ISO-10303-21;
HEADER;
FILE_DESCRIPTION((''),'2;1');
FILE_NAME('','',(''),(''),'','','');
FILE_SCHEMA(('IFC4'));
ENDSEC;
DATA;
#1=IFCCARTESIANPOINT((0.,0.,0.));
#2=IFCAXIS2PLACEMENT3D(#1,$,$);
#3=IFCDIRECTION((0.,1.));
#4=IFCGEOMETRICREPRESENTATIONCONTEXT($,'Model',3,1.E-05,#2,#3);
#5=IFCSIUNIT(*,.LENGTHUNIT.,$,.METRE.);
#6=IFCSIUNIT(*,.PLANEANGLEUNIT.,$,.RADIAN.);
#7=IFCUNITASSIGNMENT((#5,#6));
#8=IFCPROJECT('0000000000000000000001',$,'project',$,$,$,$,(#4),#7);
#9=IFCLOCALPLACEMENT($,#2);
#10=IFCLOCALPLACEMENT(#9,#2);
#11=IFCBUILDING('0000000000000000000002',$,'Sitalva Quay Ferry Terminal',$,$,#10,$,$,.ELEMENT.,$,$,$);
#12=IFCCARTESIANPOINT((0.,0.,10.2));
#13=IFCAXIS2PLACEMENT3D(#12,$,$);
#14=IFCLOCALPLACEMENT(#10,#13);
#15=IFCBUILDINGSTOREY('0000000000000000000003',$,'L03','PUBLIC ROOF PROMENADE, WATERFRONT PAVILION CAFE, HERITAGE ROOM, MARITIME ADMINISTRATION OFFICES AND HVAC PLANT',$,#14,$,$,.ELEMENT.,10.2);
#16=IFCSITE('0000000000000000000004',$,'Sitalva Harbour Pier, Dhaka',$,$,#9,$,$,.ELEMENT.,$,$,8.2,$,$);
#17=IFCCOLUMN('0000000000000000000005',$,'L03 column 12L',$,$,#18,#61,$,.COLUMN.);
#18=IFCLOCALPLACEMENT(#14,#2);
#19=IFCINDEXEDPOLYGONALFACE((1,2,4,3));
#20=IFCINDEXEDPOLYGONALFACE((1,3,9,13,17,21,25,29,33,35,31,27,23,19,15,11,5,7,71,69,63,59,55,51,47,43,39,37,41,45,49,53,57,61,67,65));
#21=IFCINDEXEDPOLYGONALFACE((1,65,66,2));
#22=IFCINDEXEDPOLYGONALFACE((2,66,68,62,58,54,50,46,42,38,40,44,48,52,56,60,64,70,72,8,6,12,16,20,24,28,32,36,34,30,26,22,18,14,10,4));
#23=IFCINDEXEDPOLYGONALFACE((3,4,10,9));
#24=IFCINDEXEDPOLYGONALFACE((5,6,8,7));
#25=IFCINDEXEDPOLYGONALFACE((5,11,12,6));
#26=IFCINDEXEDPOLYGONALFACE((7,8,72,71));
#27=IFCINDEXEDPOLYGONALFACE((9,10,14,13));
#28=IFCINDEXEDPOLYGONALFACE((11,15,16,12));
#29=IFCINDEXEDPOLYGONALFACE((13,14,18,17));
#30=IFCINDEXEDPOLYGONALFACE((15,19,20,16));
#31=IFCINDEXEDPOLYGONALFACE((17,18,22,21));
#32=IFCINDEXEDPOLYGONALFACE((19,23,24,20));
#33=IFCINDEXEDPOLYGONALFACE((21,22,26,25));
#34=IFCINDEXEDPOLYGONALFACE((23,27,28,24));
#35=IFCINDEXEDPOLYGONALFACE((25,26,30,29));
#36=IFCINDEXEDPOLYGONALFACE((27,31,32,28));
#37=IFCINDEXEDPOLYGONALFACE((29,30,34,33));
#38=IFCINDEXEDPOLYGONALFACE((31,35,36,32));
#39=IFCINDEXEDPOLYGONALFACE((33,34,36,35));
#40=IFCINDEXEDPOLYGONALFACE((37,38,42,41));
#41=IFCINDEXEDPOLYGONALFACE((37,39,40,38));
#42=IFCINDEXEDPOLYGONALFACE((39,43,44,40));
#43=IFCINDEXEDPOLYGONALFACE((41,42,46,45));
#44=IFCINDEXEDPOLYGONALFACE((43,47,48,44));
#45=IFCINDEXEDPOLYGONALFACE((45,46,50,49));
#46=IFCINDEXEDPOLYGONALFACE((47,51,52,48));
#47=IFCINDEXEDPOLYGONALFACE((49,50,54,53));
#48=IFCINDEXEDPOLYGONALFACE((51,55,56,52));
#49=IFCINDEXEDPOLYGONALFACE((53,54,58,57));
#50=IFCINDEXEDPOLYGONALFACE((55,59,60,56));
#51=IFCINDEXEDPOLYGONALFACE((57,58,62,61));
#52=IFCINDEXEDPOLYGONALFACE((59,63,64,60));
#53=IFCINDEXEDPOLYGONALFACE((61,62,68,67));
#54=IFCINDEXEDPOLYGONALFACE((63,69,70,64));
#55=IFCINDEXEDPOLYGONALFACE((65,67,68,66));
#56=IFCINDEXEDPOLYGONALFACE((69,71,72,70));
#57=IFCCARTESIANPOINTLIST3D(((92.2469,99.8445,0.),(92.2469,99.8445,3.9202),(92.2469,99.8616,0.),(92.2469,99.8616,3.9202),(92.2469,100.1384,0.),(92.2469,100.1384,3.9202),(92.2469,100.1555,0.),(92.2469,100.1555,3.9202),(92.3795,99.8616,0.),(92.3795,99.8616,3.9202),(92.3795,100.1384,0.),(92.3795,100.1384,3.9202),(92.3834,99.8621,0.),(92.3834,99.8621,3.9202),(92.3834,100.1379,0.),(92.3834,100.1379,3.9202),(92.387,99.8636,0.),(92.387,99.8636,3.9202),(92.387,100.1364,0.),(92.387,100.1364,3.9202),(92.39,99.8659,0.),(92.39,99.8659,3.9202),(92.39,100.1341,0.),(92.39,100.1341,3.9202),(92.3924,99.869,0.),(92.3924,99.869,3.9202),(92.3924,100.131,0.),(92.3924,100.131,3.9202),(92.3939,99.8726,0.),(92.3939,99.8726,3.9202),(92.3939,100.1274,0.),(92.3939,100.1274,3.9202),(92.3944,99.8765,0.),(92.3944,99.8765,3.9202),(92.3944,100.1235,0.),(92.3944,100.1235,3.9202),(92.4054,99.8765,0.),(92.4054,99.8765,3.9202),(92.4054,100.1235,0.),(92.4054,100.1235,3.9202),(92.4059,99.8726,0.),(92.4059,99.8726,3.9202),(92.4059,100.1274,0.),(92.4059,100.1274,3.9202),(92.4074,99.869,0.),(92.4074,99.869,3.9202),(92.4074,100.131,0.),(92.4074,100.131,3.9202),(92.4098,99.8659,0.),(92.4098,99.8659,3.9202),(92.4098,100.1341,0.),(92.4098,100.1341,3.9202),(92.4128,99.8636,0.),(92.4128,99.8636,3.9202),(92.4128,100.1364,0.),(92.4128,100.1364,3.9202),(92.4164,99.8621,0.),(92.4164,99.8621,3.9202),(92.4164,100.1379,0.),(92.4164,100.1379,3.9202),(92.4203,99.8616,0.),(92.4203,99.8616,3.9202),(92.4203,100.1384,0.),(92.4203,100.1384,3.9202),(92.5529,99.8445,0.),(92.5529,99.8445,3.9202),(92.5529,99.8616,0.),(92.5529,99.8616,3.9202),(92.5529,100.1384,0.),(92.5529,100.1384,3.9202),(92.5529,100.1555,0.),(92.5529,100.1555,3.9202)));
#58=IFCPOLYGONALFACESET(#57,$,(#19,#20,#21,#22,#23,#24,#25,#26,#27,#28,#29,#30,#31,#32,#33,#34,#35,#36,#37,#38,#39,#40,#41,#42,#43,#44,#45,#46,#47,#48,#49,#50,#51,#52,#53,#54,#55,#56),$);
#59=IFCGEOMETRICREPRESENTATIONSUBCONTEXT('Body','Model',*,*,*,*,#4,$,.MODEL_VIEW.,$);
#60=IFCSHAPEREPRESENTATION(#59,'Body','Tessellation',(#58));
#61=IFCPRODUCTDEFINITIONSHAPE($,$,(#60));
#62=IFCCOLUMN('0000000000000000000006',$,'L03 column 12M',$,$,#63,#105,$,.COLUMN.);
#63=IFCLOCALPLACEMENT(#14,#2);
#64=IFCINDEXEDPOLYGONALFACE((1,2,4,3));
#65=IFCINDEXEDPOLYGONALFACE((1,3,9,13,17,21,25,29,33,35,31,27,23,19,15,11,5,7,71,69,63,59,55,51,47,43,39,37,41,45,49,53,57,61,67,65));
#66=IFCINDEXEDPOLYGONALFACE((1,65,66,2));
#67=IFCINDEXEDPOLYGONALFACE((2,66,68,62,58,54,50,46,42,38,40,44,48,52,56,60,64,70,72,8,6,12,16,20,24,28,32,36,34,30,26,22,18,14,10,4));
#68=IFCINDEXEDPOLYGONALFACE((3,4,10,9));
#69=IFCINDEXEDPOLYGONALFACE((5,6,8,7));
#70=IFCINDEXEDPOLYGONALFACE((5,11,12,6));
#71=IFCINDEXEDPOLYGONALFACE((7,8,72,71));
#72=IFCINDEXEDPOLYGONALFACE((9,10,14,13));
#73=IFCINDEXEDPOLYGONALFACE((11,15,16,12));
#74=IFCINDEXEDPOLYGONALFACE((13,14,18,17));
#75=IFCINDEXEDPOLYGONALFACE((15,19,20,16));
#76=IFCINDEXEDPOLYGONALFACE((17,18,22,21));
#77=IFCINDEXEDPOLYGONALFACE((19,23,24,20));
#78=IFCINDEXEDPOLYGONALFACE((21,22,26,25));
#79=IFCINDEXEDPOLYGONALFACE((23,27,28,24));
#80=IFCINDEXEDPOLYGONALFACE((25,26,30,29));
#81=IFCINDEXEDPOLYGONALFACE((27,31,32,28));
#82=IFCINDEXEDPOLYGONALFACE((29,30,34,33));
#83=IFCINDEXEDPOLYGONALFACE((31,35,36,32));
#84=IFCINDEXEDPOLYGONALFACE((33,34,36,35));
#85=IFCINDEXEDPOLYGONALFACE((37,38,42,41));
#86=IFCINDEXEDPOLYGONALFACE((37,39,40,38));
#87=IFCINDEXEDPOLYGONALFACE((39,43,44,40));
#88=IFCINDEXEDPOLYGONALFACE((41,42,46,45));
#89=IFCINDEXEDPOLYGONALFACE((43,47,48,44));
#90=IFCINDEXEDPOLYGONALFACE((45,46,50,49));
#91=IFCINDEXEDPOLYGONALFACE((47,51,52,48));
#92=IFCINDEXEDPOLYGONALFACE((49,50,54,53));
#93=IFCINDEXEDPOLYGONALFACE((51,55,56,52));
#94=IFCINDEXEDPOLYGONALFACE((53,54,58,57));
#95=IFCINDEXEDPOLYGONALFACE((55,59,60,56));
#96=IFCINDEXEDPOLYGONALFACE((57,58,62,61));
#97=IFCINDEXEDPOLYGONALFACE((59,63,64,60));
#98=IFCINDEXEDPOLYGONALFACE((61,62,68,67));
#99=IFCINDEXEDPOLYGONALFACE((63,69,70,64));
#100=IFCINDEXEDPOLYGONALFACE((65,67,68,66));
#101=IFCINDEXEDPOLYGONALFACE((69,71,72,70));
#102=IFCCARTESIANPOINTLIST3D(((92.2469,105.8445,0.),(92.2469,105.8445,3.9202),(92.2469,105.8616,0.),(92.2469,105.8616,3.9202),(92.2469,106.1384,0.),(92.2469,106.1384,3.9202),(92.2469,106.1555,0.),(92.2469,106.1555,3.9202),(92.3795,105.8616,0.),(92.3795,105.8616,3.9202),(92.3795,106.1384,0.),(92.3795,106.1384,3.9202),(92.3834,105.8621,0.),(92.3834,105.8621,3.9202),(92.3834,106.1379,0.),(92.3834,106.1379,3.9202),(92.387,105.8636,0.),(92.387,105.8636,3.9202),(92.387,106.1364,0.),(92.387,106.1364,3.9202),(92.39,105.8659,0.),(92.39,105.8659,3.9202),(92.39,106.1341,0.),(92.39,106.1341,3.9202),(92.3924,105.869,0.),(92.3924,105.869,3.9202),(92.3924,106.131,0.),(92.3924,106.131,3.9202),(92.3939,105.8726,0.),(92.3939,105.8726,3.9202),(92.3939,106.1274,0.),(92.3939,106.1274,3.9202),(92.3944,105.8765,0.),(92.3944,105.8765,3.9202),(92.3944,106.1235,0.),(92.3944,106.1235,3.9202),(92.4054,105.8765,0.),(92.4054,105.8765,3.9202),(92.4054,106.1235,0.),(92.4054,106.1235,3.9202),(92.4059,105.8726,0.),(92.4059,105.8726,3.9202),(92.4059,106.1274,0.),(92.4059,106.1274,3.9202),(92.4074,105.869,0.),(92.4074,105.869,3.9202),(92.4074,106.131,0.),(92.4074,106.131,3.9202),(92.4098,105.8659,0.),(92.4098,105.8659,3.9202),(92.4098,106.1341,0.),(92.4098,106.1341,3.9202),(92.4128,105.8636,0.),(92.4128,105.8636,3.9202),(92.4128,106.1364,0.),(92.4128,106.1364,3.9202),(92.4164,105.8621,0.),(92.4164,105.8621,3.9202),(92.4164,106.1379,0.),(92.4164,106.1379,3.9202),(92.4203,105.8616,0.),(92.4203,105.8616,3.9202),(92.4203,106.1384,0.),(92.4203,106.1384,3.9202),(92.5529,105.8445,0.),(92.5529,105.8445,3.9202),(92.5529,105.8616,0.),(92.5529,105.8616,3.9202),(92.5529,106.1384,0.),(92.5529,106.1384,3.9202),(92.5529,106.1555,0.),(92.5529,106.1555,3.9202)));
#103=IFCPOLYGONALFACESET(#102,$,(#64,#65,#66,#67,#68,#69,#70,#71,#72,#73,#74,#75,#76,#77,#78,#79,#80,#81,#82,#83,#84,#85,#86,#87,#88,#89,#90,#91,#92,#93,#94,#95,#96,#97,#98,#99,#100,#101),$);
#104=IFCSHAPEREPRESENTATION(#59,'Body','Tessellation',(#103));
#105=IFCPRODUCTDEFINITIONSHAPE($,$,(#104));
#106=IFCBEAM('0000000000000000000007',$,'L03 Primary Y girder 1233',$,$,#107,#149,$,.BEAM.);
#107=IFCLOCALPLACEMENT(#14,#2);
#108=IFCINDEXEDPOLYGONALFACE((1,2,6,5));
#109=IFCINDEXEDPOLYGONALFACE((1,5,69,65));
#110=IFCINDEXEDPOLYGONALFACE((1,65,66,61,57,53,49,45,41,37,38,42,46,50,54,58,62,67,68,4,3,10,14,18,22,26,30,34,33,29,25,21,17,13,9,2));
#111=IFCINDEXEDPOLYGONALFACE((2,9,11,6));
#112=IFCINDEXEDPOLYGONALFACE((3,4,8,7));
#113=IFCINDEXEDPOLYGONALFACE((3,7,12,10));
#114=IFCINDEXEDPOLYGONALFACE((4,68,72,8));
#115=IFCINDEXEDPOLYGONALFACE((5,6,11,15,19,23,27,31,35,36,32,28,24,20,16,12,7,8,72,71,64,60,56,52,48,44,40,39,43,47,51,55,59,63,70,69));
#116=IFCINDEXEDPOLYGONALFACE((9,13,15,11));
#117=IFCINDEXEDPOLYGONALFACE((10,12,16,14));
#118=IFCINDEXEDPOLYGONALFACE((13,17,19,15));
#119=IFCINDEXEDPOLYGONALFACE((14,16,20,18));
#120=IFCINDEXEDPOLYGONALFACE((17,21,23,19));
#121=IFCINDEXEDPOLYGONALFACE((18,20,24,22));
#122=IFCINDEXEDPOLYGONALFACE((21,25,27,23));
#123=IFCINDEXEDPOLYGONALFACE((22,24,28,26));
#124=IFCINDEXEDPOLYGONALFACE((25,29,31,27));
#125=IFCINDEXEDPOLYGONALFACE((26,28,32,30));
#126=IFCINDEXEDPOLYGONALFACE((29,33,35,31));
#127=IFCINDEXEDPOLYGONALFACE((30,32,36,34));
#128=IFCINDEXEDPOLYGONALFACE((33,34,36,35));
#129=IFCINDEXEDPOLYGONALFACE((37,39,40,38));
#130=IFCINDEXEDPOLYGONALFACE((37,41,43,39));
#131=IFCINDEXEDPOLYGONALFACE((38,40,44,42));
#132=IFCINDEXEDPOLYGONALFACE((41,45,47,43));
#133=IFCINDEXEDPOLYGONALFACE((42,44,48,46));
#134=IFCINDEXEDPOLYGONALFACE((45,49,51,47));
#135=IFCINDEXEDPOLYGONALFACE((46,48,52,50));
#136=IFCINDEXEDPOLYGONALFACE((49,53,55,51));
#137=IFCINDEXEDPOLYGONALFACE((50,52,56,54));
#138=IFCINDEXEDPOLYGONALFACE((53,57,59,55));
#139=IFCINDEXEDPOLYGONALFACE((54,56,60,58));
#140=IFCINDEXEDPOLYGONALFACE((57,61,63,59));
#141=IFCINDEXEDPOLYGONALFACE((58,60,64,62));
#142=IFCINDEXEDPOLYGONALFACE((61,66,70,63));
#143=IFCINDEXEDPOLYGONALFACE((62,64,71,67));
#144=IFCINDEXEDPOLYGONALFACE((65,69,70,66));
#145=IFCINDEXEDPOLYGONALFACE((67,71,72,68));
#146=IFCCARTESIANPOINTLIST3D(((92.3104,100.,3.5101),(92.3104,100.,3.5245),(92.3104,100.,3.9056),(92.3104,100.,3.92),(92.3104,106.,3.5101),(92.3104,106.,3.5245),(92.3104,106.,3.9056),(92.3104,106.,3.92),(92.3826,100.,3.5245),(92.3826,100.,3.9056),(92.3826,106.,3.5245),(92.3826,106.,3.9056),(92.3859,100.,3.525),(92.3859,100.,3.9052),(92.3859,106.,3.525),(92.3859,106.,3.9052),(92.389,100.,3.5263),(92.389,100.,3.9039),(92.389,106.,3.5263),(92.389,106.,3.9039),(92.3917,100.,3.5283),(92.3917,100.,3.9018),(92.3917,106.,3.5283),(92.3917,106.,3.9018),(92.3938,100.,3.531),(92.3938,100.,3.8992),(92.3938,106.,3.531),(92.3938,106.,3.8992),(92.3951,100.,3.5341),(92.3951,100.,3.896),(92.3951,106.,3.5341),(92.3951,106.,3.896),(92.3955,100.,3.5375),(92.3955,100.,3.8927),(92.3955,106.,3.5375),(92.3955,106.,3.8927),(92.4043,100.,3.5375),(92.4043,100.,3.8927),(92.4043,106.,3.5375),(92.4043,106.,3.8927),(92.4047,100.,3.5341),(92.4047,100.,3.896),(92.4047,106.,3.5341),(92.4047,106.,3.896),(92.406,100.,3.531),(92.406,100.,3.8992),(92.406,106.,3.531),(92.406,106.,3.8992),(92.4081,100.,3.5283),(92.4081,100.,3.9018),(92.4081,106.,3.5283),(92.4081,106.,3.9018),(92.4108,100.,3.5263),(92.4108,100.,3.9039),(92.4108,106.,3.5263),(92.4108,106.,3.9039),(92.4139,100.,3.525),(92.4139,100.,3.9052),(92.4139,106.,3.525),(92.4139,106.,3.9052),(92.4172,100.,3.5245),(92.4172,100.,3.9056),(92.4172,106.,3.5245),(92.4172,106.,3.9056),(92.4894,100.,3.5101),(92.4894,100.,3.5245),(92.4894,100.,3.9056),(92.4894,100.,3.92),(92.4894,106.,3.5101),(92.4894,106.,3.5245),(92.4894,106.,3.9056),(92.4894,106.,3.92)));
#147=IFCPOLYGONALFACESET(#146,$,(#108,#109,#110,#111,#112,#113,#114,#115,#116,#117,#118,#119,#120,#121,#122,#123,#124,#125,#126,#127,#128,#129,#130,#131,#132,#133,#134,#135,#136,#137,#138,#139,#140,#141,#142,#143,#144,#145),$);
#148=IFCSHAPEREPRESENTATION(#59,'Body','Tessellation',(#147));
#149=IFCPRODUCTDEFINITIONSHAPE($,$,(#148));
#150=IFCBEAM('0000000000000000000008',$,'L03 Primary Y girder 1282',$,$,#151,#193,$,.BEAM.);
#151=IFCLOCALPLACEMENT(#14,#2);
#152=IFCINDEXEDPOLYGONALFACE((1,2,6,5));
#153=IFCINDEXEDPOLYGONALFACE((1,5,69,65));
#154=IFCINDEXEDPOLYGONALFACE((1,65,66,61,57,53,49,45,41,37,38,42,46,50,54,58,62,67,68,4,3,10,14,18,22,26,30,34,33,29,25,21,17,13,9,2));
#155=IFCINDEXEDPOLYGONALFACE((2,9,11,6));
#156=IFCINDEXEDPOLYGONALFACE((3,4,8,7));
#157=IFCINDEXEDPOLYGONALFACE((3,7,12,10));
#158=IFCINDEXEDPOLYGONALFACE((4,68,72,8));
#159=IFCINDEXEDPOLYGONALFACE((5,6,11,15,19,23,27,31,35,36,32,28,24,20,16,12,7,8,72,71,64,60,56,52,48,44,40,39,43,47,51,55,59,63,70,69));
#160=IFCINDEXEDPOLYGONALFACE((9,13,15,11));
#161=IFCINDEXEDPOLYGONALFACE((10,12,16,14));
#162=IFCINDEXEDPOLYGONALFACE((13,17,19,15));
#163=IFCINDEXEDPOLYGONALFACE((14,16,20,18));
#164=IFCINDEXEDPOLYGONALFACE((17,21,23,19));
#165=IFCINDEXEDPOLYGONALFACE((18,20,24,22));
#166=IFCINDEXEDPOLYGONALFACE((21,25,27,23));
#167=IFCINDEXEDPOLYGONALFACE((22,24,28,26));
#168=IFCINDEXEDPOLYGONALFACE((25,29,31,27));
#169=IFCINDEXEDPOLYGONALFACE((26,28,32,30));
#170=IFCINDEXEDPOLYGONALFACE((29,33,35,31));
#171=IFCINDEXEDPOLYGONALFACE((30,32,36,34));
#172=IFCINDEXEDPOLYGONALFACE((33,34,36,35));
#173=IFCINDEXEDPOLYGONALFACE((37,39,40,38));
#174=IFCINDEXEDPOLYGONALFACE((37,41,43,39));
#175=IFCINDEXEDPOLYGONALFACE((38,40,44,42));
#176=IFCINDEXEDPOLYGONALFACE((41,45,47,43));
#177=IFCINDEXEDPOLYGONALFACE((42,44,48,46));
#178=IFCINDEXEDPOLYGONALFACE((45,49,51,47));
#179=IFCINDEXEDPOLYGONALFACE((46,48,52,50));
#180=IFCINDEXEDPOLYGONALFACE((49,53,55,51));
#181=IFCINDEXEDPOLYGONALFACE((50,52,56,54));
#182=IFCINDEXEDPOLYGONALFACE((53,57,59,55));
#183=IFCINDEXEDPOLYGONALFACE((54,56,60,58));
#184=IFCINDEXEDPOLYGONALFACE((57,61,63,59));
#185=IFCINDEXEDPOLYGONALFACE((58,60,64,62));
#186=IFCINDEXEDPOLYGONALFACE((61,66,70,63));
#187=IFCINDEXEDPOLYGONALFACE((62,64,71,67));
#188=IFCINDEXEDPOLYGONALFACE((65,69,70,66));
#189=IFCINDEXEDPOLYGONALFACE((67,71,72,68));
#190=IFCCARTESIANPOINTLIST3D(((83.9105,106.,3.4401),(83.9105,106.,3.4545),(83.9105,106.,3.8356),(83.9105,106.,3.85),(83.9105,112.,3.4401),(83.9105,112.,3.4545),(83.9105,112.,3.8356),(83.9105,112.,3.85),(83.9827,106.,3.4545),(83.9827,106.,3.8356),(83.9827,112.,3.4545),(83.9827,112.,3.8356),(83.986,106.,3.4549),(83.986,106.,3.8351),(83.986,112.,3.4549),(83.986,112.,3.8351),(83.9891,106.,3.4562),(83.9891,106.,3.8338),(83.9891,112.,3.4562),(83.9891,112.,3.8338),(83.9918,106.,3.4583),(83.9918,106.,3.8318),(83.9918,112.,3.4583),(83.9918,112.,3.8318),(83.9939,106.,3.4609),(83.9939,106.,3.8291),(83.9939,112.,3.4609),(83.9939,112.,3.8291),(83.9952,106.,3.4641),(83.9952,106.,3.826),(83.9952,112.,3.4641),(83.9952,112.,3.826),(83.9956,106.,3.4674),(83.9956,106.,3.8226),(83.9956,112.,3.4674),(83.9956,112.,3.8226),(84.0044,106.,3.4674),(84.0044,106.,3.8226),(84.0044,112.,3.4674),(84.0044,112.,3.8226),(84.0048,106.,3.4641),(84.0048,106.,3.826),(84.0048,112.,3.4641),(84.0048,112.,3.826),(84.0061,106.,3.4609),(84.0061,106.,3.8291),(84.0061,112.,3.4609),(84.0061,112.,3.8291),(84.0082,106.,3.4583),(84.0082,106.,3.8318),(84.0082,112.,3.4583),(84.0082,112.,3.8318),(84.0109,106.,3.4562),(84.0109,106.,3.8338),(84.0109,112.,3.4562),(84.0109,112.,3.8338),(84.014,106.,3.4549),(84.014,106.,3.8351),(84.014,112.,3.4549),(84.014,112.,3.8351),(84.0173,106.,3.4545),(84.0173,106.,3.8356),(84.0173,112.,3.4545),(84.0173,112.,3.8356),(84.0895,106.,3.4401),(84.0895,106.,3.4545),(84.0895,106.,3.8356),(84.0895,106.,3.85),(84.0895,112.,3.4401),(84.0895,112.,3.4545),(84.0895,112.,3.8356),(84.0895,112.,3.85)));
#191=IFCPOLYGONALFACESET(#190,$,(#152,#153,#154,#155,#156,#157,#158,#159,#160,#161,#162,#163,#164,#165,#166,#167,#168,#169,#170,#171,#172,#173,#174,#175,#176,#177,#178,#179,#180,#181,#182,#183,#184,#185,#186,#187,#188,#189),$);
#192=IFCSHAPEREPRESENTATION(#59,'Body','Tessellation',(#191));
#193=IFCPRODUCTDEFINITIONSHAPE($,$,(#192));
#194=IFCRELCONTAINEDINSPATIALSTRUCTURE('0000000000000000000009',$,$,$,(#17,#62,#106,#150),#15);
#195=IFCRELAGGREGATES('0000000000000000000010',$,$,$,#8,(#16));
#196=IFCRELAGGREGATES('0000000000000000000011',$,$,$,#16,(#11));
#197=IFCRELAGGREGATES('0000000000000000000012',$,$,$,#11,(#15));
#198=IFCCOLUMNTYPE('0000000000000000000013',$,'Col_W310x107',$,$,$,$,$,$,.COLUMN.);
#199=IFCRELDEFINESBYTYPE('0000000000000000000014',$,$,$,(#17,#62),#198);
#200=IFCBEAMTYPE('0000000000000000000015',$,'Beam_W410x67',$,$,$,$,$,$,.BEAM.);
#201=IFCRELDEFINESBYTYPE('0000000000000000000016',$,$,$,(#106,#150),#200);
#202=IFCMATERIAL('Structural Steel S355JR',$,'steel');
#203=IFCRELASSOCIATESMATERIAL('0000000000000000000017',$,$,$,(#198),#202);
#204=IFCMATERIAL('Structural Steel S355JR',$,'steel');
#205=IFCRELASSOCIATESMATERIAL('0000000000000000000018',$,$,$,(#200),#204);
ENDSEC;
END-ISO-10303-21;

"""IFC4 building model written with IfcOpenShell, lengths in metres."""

from ifc_helpers import new_model, si_unit, direction, frame, origin, origin_2d, place, context, subcontext, project, spatial, i_section, extrude, material, material_profile, profile_set, type_object, element, save


model = new_model("IFC4")

# Units and contexts
model_context = context("Model", 3, precision=1e-05, world=origin(), true_north=direction((0.0, 1.0)))
body_context = subcontext(model_context, "Body", "Model", "MODEL_VIEW")
ifc_project = project(units=[si_unit("LENGTHUNIT", "METRE"), si_unit("PLANEANGLEUNIT", "RADIAN")], contexts=[model_context])

# Site, building, storey
site_placement = place(None, origin())
site = spatial("IfcSite", under=ifc_project, at=site_placement, Name="Sitalva Harbour Pier, Dhaka", CompositionType="ELEMENT", RefElevation=8.2)
building_placement = place(site_placement, origin())
building = spatial("IfcBuilding", under=site, at=building_placement, Name="Sitalva Quay Ferry Terminal", CompositionType="ELEMENT")
storey_placement = place(building_placement, frame((0.0, 0.0, 10.2)))
storey = spatial("IfcBuildingStorey", under=building, at=storey_placement, Name="L03", Description="PUBLIC ROOF PROMENADE, WATERFRONT PAVILION CAFE, HERITAGE ROOM, MARITIME ADMINISTRATION OFFICES AND HVAC PLANT", CompositionType="ELEMENT", Elevation=10.2)

# Columns
ifc_material_1 = material(Name="Structural Steel S355JR", Category="steel")
ifc_material_profile_1 = material_profile(ifc_material_1, i_section(OverallWidth=0.3059, OverallDepth=0.311, WebThickness=0.011, FlangeThickness=0.0171, FilletRadius=0.0149, at=origin_2d()), Name="W310x107")
ifc_profile_set_1 = profile_set([ifc_material_profile_1], Name="Structural Steel S355JR")
column_type = type_object("IfcColumnType", Name="Col_W310x107", PredefinedType="COLUMN", material=ifc_profile_set_1)
for number, where, z_axis, x_axis, name in (
    (1, (92.3999, 100.0, 0.0), (0.0, 0.0, 1.0), (1.0, 0.0, 0.0), "L03 column 12L"),
    (2, (92.3999, 106.0, 0.0), (0.0, 0.0, 1.0), (1.0, 0.0, 0.0), "L03 column 12M"),
):
    element("IfcColumn", number, at=place(storey_placement, frame(where, z_axis=z_axis, x_axis=x_axis)), inside=storey, type_object=column_type, Name=name, PredefinedType="COLUMN", context=body_context, shape_type="SweptSolid", body=[
        extrude(i_section(OverallWidth=0.3059, OverallDepth=0.311, WebThickness=0.011, FlangeThickness=0.0171, FilletRadius=0.0149, at=origin_2d()), origin(), (0.0, 0.0, 1.0), 3.9202),
    ])

# Beams
ifc_material_2 = material(Name="Structural Steel S355JR", Category="steel")
ifc_material_profile_2 = material_profile(ifc_material_2, i_section(OverallWidth=0.179, OverallDepth=0.4099, WebThickness=0.0088, FlangeThickness=0.0144, FilletRadius=0.0129, at=origin_2d()), Name="W410x67")
ifc_profile_set_2 = profile_set([ifc_material_profile_2], Name="Structural Steel S355JR")
beam_type_1 = type_object("IfcBeamType", Name="Beam_W410x67", PredefinedType="BEAM", material=ifc_profile_set_2)
for number, where, z_axis, x_axis, name in (
    (3, (92.3999, 100.0, 3.7151), (0.0, 1.0, 0.0), (-1.0, 0.0, 0.0), "L03 Primary Y girder 1233"),
    (4, (84.0, 106.0, 3.645), (0.0, 1.0, 0.0), (-1.0, 0.0, 0.0), "L03 Primary Y girder 1282"),
):
    element("IfcBeam", number, at=place(storey_placement, frame(where, z_axis=z_axis, x_axis=x_axis)), inside=storey, type_object=beam_type_1, Name=name, PredefinedType="BEAM", context=body_context, shape_type="SweptSolid", body=[
        extrude(i_section(OverallWidth=0.179, OverallDepth=0.4099, WebThickness=0.0088, FlangeThickness=0.0144, FilletRadius=0.0129, at=origin_2d()), origin(), (0.0, 0.0, 1.0), 6.0),
    ])

save(model, "model.ifc")
